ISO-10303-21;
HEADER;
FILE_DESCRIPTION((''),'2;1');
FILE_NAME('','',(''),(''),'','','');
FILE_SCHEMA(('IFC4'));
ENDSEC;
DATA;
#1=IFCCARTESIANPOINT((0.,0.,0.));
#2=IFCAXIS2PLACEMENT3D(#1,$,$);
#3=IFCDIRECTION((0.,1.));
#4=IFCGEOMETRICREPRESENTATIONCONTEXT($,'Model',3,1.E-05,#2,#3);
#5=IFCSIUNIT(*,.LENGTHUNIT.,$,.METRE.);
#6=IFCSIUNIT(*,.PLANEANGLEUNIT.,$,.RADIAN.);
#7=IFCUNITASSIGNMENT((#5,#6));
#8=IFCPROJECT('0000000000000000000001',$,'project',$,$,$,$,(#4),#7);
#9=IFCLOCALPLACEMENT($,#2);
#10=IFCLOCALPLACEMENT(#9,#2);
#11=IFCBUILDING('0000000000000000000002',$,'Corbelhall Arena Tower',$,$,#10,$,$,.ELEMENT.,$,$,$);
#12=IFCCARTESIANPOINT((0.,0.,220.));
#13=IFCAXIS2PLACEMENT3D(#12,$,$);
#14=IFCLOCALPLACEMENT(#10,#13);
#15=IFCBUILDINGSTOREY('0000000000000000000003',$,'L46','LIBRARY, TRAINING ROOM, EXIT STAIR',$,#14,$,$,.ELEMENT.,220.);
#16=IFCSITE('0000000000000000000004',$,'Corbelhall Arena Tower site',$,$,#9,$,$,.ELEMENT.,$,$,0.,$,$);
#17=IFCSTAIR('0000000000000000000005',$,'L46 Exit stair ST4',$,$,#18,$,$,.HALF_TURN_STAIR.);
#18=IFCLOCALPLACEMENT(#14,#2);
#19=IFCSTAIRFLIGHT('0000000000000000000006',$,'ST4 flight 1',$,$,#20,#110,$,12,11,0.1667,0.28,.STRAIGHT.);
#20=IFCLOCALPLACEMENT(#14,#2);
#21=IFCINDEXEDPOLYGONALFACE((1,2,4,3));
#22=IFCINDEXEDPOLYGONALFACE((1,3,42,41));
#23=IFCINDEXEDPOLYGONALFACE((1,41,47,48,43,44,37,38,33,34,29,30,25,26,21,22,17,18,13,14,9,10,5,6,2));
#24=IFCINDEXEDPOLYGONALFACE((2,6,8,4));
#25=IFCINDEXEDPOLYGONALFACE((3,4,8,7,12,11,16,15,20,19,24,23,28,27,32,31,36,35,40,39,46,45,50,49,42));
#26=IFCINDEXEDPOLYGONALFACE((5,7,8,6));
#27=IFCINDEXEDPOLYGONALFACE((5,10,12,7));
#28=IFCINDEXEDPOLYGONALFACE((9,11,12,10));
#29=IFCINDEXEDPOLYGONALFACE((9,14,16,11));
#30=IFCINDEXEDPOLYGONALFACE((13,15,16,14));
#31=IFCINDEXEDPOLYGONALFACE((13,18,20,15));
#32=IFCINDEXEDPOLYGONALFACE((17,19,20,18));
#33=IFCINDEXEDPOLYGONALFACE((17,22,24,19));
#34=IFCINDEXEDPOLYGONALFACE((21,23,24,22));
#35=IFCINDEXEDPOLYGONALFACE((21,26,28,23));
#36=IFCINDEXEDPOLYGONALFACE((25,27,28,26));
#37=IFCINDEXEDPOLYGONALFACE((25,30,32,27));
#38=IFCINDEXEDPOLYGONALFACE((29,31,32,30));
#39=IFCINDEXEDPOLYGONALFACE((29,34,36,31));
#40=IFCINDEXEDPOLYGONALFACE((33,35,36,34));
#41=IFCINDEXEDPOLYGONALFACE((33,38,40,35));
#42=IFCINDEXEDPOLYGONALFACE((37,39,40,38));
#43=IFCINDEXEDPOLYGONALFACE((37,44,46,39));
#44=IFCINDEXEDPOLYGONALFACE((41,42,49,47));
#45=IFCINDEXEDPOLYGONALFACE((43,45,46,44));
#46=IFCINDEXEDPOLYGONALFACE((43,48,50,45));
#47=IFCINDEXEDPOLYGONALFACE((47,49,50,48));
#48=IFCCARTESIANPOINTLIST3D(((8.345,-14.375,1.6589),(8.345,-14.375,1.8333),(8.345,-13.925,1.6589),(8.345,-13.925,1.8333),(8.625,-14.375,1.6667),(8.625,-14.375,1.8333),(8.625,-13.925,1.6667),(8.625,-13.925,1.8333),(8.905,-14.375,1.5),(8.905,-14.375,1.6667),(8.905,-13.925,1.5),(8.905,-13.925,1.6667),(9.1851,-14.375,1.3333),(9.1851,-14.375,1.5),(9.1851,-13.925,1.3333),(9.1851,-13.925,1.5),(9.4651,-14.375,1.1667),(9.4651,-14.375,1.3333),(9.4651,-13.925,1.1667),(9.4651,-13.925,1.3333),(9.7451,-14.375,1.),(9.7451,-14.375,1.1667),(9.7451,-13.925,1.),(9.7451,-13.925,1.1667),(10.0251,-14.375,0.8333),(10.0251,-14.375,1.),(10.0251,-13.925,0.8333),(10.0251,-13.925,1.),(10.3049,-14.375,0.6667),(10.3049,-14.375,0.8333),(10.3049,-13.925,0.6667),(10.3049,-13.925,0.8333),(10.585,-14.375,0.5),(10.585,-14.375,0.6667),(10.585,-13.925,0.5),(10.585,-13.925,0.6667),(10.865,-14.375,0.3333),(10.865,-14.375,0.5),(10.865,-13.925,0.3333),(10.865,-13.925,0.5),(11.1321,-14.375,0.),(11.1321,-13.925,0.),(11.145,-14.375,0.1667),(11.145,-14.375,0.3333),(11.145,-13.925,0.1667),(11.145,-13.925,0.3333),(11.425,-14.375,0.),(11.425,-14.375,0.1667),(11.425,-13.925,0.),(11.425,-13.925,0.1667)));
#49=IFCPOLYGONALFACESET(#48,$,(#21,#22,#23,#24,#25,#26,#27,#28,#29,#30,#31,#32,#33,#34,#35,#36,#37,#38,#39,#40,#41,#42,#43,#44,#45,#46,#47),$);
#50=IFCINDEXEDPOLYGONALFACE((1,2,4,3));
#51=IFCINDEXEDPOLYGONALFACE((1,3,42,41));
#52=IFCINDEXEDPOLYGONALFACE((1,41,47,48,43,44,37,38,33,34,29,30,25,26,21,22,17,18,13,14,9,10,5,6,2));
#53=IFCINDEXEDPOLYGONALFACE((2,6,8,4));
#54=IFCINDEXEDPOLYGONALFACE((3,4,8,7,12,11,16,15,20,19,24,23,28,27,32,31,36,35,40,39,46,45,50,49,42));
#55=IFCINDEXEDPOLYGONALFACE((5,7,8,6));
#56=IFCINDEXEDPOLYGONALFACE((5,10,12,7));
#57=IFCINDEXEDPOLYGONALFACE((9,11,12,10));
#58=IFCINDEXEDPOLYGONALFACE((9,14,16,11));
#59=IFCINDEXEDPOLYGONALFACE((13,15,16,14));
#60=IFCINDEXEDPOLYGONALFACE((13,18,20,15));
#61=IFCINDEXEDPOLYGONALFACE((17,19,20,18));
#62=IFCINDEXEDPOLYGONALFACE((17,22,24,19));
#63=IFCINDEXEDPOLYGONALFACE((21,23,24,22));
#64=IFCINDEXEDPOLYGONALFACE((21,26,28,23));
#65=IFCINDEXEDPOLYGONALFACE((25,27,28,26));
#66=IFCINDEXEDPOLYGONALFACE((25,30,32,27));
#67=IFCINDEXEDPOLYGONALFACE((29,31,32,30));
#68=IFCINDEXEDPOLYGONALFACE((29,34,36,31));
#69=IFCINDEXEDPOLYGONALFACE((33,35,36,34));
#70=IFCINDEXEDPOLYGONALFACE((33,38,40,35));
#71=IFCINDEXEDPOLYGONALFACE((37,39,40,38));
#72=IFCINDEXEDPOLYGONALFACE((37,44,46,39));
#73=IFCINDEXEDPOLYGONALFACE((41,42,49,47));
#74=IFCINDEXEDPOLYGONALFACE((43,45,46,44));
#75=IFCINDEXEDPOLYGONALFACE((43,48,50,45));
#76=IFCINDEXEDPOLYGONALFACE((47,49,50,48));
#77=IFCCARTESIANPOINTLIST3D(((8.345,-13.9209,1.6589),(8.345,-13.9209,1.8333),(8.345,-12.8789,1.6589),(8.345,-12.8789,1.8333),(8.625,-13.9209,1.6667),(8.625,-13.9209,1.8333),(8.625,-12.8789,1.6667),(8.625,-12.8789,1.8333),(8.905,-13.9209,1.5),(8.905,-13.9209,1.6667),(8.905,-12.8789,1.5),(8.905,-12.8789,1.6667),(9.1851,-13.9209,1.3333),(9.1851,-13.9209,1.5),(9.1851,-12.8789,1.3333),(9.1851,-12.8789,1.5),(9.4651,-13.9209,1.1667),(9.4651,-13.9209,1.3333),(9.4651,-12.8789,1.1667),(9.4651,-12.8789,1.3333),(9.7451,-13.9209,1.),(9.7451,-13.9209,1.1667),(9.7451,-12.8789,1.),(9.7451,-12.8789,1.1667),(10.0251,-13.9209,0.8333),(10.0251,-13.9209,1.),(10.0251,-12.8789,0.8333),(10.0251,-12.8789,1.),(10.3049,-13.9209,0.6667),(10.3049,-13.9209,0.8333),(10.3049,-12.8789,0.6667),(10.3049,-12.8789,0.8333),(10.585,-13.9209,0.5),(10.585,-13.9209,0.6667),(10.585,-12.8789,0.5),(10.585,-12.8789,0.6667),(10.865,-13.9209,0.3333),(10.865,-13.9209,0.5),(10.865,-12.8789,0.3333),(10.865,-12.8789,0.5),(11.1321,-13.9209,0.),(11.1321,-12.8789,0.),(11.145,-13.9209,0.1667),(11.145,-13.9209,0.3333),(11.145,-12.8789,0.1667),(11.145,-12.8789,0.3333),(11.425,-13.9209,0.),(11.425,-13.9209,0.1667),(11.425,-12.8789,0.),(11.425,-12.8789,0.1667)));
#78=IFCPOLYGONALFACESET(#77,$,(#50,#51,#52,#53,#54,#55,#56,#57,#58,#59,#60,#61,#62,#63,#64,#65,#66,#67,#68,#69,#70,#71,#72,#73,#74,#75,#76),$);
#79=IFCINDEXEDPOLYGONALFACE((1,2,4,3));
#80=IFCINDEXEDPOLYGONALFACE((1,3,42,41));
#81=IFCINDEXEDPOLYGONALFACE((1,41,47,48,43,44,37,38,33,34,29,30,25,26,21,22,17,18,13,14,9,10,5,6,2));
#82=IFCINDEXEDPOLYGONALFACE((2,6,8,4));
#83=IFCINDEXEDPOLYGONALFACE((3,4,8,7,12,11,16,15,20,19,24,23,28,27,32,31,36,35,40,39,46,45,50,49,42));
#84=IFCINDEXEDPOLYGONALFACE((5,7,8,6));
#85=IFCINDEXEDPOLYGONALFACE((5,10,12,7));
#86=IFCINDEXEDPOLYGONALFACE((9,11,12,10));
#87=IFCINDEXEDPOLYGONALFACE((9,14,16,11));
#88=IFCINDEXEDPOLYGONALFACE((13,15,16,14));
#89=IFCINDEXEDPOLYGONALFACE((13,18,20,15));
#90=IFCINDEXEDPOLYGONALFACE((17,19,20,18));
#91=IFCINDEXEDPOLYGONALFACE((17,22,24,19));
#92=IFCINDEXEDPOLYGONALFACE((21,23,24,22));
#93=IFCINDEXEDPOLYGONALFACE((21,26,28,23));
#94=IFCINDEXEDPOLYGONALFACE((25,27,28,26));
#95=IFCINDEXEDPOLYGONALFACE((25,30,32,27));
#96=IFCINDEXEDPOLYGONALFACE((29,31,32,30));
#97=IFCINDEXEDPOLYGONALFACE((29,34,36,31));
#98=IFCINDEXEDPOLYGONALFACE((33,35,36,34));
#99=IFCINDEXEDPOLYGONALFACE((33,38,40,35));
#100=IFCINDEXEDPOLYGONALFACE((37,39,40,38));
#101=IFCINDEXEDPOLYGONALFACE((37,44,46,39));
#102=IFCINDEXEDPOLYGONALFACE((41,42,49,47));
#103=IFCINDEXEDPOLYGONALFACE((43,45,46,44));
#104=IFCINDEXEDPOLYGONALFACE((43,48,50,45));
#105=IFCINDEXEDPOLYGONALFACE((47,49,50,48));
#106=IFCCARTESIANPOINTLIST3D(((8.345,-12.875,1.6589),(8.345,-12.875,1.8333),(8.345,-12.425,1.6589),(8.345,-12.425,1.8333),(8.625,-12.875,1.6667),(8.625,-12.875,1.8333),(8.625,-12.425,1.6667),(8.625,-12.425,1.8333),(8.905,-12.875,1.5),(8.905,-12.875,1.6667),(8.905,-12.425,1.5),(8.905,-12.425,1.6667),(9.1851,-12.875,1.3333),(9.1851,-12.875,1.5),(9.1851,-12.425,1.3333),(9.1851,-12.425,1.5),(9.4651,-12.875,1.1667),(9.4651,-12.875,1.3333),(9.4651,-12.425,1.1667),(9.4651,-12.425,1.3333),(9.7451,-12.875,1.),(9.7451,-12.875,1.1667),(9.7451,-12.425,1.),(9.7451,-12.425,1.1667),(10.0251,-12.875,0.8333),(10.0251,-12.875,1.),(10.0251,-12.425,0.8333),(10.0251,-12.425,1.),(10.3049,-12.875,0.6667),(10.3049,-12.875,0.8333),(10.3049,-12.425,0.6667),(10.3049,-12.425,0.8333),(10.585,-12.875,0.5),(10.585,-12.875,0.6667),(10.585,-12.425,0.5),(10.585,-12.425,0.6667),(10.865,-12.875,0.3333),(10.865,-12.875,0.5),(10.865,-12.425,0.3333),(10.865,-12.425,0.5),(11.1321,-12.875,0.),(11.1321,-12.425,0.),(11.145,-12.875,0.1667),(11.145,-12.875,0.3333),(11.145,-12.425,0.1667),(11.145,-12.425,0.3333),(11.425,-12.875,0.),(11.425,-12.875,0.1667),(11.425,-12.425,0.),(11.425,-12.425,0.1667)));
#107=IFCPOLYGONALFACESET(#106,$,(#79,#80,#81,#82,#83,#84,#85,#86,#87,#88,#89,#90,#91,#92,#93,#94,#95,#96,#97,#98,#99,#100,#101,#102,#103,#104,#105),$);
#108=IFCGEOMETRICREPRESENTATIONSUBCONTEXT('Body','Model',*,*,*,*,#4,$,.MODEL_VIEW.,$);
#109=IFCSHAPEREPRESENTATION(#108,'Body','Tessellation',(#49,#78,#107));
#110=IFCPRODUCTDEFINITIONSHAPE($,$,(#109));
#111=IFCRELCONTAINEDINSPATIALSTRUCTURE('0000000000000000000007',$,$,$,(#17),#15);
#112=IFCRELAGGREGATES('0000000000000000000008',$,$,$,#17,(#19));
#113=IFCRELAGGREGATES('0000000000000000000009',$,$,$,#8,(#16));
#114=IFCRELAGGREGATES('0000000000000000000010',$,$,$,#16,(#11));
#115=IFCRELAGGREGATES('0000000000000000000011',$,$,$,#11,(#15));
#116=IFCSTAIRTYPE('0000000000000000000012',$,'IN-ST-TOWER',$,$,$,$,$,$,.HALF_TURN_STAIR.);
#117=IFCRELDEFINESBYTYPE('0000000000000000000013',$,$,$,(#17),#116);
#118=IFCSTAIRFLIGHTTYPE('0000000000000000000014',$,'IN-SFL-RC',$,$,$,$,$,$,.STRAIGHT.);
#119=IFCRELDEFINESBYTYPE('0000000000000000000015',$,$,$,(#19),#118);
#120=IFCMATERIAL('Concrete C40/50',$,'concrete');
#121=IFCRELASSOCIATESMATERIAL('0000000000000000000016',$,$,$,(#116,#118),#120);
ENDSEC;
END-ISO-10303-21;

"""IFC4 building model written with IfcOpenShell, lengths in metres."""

from ifc_helpers import new_model, si_unit, direction, frame, origin, place, context, subcontext, project, spatial, polyline, outline, extrude, material, type_object, element, aggregate, save


model = new_model("IFC4")

# Units and contexts
model_context = context("Model", 3, precision=1e-05, world=origin(), true_north=direction((0.0, 1.0)))
body_context = subcontext(model_context, "Body", "Model", "MODEL_VIEW")
ifc_project = project(units=[si_unit("LENGTHUNIT", "METRE"), si_unit("PLANEANGLEUNIT", "RADIAN")], contexts=[model_context])

# Site, building, storey
site_placement = place(None, origin())
site = spatial("IfcSite", under=ifc_project, at=site_placement, Name="Corbelhall Arena Tower site", CompositionType="ELEMENT", RefElevation=0.0)
building_placement = place(site_placement, origin())
building = spatial("IfcBuilding", under=site, at=building_placement, Name="Corbelhall Arena Tower", CompositionType="ELEMENT")
storey_placement = place(building_placement, frame((0.0, 0.0, 220.0)))
storey = spatial("IfcBuildingStorey", under=building, at=storey_placement, Name="L46", Description="LIBRARY, TRAINING ROOM, EXIT STAIR", CompositionType="ELEMENT", Elevation=220.0)

# Shared definitions
ifc_material_1 = material(Name="Concrete C40/50", Category="concrete")

# Stair, stair flight
stair_type = type_object("IfcStairType", Name="IN-ST-TOWER", PredefinedType="HALF_TURN_STAIR", material=ifc_material_1)
stair_placement = place(storey_placement, origin())
stair = element("IfcStair", 1, at=stair_placement, inside=storey, type_object=stair_type, Name="L46 Exit stair ST4", PredefinedType="HALF_TURN_STAIR")
stair_flight_type = type_object("IfcStairFlightType", Name="IN-SFL-RC", PredefinedType="STRAIGHT", material=ifc_material_1)
stair_flight_placement = place(storey_placement, frame((11.425, -13.3999, 0.0), z_axis=(0.0, 0.0, 1.0), x_axis=(-1.0, 0.0, 0.0)))
stair_flight = element("IfcStairFlight", 2, at=stair_flight_placement, type_object=stair_flight_type, Name="ST4 flight 1", NumberOfRisers=12, NumberOfTreads=11, PredefinedType="STRAIGHT", RiserHeight=0.1667, TreadLength=0.28, context=body_context, shape_type="SweptSolid", body=[
    extrude(outline(polyline([(0.0, 0.0), (0.0, 0.1667), (0.28, 0.1667), (0.28, 0.3333), (0.5601, 0.3333), (0.5601, 0.5), (0.8401, 0.5), (0.8401, 0.6667), (1.1201, 0.6667), (1.1201, 0.8333), (1.3999, 0.8333), (1.3999, 1.0), (1.6799, 1.0), (1.6799, 1.1667), (1.96, 1.1667), (1.96, 1.3333), (2.24, 1.3333), (2.24, 1.5), (2.52, 1.5), (2.52, 1.6667), (2.8, 1.6667), (2.8, 1.8333), (3.0801, 1.8333), (3.0801, 2.0), (3.0801, 1.6589), (0.293, 0.0), (0.0, 0.0)])), frame((0.0, 0.9751, 0.0), z_axis=(0.0, -1.0, 0.0), x_axis=(1.0, 0.0, 0.0)), (0.0, 0.0, 1.0), 0.45),
    extrude(outline(polyline([(0.0, 0.0), (0.0, 0.1667), (0.28, 0.1667), (0.28, 0.3333), (0.5601, 0.3333), (0.5601, 0.5), (0.8401, 0.5), (0.8401, 0.6667), (1.1201, 0.6667), (1.1201, 0.8333), (1.3999, 0.8333), (1.3999, 1.0), (1.6799, 1.0), (1.6799, 1.1667), (1.96, 1.1667), (1.96, 1.3333), (2.24, 1.3333), (2.24, 1.5), (2.52, 1.5), (2.52, 1.6667), (2.8, 1.6667), (2.8, 1.8333), (3.0801, 1.8333), (3.0801, 2.0), (3.0801, 1.6589), (0.293, 0.0), (0.0, 0.0)])), frame((0.0, 0.521, 0.0), z_axis=(0.0, -1.0, 0.0), x_axis=(1.0, 0.0, 0.0)), (0.0, 0.0, 1.0), 1.042),
    extrude(outline(polyline([(0.0, 0.0), (0.0, 0.1667), (0.28, 0.1667), (0.28, 0.3333), (0.5601, 0.3333), (0.5601, 0.5), (0.8401, 0.5), (0.8401, 0.6667), (1.1201, 0.6667), (1.1201, 0.8333), (1.3999, 0.8333), (1.3999, 1.0), (1.6799, 1.0), (1.6799, 1.1667), (1.96, 1.1667), (1.96, 1.3333), (2.24, 1.3333), (2.24, 1.5), (2.52, 1.5), (2.52, 1.6667), (2.8, 1.6667), (2.8, 1.8333), (3.0801, 1.8333), (3.0801, 2.0), (3.0801, 1.6589), (0.293, 0.0), (0.0, 0.0)])), frame((0.0, -0.5249, 0.0), z_axis=(0.0, -1.0, 0.0), x_axis=(1.0, 0.0, 0.0)), (0.0, 0.0, 1.0), 0.45),
])
aggregate(stair, [stair_flight])

save(model, "model.ifc")
